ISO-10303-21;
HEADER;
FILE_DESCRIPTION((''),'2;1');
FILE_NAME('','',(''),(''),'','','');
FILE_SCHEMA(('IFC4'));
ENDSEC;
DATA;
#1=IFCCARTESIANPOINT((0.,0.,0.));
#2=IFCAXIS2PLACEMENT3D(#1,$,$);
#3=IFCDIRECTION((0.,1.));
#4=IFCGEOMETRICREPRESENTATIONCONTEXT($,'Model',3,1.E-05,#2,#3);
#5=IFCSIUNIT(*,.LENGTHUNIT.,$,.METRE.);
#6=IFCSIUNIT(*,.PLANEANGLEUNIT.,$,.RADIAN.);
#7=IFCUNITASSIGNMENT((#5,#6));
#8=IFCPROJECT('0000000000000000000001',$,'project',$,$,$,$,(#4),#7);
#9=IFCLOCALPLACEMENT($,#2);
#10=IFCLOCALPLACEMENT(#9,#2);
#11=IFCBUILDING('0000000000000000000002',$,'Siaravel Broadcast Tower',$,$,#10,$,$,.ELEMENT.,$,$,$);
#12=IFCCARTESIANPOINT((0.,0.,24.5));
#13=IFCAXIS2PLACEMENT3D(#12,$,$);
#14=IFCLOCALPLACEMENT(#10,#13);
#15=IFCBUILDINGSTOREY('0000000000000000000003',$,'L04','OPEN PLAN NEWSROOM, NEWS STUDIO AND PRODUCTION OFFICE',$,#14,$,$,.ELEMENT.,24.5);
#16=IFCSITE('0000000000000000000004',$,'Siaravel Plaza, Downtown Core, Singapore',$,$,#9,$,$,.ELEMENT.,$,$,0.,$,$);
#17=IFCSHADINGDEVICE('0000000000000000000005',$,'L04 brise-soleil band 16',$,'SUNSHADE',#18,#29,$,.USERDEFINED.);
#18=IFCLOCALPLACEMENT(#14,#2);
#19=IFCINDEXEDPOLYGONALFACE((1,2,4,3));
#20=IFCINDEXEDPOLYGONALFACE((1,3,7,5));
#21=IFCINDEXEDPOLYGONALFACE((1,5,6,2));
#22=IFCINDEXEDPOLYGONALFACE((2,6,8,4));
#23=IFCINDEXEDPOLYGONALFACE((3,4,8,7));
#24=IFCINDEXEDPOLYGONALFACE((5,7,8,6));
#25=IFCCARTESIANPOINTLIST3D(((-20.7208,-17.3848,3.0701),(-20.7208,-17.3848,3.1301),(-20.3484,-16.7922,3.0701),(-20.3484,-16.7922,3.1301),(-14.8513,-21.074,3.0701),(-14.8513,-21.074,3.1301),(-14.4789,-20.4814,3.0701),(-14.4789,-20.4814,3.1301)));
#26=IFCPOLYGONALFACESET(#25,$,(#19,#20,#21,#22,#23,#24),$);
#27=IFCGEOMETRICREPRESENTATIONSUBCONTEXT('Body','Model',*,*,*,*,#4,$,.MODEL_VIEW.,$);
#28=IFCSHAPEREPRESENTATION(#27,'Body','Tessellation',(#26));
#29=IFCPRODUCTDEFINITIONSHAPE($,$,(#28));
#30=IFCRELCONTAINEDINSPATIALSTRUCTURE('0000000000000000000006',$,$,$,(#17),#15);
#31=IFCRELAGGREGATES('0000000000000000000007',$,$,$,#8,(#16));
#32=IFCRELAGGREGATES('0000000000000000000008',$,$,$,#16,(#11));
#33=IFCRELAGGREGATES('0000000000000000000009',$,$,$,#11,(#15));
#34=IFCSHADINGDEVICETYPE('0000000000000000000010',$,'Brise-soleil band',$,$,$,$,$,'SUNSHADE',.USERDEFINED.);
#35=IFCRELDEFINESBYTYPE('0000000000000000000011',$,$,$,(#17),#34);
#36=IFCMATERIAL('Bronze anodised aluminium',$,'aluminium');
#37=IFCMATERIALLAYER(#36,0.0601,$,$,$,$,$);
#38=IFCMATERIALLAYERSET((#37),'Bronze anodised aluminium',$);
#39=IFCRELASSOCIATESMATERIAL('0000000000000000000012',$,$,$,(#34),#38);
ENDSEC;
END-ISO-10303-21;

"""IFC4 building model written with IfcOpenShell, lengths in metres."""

from ifc_helpers import new_model, si_unit, direction, frame, origin, origin_2d, place, context, subcontext, project, spatial, rectangle, extrude, material, layer, layer_set, type_object, element, save


model = new_model("IFC4")

# Units and contexts
model_context = context("Model", 3, precision=1e-05, world=origin(), true_north=direction((0.0, 1.0)))
body_context = subcontext(model_context, "Body", "Model", "MODEL_VIEW")
ifc_project = project(units=[si_unit("LENGTHUNIT", "METRE"), si_unit("PLANEANGLEUNIT", "RADIAN")], contexts=[model_context])

# Site, building, storey
site_placement = place(None, origin())
site = spatial("IfcSite", under=ifc_project, at=site_placement, Name="Siaravel Plaza, Downtown Core, Singapore", CompositionType="ELEMENT", RefElevation=0.0)
building_placement = place(site_placement, origin())
building = spatial("IfcBuilding", under=site, at=building_placement, Name="Siaravel Broadcast Tower", CompositionType="ELEMENT")
storey_placement = place(building_placement, frame((0.0, 0.0, 24.5)))
storey = spatial("IfcBuildingStorey", under=building, at=storey_placement, Name="L04", Description="OPEN PLAN NEWSROOM, NEWS STUDIO AND PRODUCTION OFFICE", CompositionType="ELEMENT", Elevation=24.5)

# Shading device
ifc_material_1 = material(Name="Bronze anodised aluminium", Category="aluminium")
ifc_layer_1 = layer(ifc_material_1, 0.0601)
ifc_layer_set_1 = layer_set([ifc_layer_1], Name="Bronze anodised aluminium")
shading_device_type = type_object("IfcShadingDeviceType", Name="Brise-soleil band", ElementType="SUNSHADE", PredefinedType="USERDEFINED", material=ifc_layer_set_1)
shading_device_1_placement = place(storey_placement, frame((-17.5999, -18.9331, 3.0701), z_axis=(0.0, 0.0, 1.0), x_axis=(0.846651, -0.532148, 0.0)))
element("IfcShadingDevice", 1, at=shading_device_1_placement, inside=storey, type_object=shading_device_type, Name="L04 brise-soleil band 16", ObjectType="SUNSHADE", PredefinedType="USERDEFINED", context=body_context, shape_type="SweptSolid", body=[
    extrude(rectangle(XDim=6.9326, YDim=0.7, at=origin_2d()), origin(), (0.0, 0.0, 1.0), 0.0601),
])

save(model, "model.ifc")
